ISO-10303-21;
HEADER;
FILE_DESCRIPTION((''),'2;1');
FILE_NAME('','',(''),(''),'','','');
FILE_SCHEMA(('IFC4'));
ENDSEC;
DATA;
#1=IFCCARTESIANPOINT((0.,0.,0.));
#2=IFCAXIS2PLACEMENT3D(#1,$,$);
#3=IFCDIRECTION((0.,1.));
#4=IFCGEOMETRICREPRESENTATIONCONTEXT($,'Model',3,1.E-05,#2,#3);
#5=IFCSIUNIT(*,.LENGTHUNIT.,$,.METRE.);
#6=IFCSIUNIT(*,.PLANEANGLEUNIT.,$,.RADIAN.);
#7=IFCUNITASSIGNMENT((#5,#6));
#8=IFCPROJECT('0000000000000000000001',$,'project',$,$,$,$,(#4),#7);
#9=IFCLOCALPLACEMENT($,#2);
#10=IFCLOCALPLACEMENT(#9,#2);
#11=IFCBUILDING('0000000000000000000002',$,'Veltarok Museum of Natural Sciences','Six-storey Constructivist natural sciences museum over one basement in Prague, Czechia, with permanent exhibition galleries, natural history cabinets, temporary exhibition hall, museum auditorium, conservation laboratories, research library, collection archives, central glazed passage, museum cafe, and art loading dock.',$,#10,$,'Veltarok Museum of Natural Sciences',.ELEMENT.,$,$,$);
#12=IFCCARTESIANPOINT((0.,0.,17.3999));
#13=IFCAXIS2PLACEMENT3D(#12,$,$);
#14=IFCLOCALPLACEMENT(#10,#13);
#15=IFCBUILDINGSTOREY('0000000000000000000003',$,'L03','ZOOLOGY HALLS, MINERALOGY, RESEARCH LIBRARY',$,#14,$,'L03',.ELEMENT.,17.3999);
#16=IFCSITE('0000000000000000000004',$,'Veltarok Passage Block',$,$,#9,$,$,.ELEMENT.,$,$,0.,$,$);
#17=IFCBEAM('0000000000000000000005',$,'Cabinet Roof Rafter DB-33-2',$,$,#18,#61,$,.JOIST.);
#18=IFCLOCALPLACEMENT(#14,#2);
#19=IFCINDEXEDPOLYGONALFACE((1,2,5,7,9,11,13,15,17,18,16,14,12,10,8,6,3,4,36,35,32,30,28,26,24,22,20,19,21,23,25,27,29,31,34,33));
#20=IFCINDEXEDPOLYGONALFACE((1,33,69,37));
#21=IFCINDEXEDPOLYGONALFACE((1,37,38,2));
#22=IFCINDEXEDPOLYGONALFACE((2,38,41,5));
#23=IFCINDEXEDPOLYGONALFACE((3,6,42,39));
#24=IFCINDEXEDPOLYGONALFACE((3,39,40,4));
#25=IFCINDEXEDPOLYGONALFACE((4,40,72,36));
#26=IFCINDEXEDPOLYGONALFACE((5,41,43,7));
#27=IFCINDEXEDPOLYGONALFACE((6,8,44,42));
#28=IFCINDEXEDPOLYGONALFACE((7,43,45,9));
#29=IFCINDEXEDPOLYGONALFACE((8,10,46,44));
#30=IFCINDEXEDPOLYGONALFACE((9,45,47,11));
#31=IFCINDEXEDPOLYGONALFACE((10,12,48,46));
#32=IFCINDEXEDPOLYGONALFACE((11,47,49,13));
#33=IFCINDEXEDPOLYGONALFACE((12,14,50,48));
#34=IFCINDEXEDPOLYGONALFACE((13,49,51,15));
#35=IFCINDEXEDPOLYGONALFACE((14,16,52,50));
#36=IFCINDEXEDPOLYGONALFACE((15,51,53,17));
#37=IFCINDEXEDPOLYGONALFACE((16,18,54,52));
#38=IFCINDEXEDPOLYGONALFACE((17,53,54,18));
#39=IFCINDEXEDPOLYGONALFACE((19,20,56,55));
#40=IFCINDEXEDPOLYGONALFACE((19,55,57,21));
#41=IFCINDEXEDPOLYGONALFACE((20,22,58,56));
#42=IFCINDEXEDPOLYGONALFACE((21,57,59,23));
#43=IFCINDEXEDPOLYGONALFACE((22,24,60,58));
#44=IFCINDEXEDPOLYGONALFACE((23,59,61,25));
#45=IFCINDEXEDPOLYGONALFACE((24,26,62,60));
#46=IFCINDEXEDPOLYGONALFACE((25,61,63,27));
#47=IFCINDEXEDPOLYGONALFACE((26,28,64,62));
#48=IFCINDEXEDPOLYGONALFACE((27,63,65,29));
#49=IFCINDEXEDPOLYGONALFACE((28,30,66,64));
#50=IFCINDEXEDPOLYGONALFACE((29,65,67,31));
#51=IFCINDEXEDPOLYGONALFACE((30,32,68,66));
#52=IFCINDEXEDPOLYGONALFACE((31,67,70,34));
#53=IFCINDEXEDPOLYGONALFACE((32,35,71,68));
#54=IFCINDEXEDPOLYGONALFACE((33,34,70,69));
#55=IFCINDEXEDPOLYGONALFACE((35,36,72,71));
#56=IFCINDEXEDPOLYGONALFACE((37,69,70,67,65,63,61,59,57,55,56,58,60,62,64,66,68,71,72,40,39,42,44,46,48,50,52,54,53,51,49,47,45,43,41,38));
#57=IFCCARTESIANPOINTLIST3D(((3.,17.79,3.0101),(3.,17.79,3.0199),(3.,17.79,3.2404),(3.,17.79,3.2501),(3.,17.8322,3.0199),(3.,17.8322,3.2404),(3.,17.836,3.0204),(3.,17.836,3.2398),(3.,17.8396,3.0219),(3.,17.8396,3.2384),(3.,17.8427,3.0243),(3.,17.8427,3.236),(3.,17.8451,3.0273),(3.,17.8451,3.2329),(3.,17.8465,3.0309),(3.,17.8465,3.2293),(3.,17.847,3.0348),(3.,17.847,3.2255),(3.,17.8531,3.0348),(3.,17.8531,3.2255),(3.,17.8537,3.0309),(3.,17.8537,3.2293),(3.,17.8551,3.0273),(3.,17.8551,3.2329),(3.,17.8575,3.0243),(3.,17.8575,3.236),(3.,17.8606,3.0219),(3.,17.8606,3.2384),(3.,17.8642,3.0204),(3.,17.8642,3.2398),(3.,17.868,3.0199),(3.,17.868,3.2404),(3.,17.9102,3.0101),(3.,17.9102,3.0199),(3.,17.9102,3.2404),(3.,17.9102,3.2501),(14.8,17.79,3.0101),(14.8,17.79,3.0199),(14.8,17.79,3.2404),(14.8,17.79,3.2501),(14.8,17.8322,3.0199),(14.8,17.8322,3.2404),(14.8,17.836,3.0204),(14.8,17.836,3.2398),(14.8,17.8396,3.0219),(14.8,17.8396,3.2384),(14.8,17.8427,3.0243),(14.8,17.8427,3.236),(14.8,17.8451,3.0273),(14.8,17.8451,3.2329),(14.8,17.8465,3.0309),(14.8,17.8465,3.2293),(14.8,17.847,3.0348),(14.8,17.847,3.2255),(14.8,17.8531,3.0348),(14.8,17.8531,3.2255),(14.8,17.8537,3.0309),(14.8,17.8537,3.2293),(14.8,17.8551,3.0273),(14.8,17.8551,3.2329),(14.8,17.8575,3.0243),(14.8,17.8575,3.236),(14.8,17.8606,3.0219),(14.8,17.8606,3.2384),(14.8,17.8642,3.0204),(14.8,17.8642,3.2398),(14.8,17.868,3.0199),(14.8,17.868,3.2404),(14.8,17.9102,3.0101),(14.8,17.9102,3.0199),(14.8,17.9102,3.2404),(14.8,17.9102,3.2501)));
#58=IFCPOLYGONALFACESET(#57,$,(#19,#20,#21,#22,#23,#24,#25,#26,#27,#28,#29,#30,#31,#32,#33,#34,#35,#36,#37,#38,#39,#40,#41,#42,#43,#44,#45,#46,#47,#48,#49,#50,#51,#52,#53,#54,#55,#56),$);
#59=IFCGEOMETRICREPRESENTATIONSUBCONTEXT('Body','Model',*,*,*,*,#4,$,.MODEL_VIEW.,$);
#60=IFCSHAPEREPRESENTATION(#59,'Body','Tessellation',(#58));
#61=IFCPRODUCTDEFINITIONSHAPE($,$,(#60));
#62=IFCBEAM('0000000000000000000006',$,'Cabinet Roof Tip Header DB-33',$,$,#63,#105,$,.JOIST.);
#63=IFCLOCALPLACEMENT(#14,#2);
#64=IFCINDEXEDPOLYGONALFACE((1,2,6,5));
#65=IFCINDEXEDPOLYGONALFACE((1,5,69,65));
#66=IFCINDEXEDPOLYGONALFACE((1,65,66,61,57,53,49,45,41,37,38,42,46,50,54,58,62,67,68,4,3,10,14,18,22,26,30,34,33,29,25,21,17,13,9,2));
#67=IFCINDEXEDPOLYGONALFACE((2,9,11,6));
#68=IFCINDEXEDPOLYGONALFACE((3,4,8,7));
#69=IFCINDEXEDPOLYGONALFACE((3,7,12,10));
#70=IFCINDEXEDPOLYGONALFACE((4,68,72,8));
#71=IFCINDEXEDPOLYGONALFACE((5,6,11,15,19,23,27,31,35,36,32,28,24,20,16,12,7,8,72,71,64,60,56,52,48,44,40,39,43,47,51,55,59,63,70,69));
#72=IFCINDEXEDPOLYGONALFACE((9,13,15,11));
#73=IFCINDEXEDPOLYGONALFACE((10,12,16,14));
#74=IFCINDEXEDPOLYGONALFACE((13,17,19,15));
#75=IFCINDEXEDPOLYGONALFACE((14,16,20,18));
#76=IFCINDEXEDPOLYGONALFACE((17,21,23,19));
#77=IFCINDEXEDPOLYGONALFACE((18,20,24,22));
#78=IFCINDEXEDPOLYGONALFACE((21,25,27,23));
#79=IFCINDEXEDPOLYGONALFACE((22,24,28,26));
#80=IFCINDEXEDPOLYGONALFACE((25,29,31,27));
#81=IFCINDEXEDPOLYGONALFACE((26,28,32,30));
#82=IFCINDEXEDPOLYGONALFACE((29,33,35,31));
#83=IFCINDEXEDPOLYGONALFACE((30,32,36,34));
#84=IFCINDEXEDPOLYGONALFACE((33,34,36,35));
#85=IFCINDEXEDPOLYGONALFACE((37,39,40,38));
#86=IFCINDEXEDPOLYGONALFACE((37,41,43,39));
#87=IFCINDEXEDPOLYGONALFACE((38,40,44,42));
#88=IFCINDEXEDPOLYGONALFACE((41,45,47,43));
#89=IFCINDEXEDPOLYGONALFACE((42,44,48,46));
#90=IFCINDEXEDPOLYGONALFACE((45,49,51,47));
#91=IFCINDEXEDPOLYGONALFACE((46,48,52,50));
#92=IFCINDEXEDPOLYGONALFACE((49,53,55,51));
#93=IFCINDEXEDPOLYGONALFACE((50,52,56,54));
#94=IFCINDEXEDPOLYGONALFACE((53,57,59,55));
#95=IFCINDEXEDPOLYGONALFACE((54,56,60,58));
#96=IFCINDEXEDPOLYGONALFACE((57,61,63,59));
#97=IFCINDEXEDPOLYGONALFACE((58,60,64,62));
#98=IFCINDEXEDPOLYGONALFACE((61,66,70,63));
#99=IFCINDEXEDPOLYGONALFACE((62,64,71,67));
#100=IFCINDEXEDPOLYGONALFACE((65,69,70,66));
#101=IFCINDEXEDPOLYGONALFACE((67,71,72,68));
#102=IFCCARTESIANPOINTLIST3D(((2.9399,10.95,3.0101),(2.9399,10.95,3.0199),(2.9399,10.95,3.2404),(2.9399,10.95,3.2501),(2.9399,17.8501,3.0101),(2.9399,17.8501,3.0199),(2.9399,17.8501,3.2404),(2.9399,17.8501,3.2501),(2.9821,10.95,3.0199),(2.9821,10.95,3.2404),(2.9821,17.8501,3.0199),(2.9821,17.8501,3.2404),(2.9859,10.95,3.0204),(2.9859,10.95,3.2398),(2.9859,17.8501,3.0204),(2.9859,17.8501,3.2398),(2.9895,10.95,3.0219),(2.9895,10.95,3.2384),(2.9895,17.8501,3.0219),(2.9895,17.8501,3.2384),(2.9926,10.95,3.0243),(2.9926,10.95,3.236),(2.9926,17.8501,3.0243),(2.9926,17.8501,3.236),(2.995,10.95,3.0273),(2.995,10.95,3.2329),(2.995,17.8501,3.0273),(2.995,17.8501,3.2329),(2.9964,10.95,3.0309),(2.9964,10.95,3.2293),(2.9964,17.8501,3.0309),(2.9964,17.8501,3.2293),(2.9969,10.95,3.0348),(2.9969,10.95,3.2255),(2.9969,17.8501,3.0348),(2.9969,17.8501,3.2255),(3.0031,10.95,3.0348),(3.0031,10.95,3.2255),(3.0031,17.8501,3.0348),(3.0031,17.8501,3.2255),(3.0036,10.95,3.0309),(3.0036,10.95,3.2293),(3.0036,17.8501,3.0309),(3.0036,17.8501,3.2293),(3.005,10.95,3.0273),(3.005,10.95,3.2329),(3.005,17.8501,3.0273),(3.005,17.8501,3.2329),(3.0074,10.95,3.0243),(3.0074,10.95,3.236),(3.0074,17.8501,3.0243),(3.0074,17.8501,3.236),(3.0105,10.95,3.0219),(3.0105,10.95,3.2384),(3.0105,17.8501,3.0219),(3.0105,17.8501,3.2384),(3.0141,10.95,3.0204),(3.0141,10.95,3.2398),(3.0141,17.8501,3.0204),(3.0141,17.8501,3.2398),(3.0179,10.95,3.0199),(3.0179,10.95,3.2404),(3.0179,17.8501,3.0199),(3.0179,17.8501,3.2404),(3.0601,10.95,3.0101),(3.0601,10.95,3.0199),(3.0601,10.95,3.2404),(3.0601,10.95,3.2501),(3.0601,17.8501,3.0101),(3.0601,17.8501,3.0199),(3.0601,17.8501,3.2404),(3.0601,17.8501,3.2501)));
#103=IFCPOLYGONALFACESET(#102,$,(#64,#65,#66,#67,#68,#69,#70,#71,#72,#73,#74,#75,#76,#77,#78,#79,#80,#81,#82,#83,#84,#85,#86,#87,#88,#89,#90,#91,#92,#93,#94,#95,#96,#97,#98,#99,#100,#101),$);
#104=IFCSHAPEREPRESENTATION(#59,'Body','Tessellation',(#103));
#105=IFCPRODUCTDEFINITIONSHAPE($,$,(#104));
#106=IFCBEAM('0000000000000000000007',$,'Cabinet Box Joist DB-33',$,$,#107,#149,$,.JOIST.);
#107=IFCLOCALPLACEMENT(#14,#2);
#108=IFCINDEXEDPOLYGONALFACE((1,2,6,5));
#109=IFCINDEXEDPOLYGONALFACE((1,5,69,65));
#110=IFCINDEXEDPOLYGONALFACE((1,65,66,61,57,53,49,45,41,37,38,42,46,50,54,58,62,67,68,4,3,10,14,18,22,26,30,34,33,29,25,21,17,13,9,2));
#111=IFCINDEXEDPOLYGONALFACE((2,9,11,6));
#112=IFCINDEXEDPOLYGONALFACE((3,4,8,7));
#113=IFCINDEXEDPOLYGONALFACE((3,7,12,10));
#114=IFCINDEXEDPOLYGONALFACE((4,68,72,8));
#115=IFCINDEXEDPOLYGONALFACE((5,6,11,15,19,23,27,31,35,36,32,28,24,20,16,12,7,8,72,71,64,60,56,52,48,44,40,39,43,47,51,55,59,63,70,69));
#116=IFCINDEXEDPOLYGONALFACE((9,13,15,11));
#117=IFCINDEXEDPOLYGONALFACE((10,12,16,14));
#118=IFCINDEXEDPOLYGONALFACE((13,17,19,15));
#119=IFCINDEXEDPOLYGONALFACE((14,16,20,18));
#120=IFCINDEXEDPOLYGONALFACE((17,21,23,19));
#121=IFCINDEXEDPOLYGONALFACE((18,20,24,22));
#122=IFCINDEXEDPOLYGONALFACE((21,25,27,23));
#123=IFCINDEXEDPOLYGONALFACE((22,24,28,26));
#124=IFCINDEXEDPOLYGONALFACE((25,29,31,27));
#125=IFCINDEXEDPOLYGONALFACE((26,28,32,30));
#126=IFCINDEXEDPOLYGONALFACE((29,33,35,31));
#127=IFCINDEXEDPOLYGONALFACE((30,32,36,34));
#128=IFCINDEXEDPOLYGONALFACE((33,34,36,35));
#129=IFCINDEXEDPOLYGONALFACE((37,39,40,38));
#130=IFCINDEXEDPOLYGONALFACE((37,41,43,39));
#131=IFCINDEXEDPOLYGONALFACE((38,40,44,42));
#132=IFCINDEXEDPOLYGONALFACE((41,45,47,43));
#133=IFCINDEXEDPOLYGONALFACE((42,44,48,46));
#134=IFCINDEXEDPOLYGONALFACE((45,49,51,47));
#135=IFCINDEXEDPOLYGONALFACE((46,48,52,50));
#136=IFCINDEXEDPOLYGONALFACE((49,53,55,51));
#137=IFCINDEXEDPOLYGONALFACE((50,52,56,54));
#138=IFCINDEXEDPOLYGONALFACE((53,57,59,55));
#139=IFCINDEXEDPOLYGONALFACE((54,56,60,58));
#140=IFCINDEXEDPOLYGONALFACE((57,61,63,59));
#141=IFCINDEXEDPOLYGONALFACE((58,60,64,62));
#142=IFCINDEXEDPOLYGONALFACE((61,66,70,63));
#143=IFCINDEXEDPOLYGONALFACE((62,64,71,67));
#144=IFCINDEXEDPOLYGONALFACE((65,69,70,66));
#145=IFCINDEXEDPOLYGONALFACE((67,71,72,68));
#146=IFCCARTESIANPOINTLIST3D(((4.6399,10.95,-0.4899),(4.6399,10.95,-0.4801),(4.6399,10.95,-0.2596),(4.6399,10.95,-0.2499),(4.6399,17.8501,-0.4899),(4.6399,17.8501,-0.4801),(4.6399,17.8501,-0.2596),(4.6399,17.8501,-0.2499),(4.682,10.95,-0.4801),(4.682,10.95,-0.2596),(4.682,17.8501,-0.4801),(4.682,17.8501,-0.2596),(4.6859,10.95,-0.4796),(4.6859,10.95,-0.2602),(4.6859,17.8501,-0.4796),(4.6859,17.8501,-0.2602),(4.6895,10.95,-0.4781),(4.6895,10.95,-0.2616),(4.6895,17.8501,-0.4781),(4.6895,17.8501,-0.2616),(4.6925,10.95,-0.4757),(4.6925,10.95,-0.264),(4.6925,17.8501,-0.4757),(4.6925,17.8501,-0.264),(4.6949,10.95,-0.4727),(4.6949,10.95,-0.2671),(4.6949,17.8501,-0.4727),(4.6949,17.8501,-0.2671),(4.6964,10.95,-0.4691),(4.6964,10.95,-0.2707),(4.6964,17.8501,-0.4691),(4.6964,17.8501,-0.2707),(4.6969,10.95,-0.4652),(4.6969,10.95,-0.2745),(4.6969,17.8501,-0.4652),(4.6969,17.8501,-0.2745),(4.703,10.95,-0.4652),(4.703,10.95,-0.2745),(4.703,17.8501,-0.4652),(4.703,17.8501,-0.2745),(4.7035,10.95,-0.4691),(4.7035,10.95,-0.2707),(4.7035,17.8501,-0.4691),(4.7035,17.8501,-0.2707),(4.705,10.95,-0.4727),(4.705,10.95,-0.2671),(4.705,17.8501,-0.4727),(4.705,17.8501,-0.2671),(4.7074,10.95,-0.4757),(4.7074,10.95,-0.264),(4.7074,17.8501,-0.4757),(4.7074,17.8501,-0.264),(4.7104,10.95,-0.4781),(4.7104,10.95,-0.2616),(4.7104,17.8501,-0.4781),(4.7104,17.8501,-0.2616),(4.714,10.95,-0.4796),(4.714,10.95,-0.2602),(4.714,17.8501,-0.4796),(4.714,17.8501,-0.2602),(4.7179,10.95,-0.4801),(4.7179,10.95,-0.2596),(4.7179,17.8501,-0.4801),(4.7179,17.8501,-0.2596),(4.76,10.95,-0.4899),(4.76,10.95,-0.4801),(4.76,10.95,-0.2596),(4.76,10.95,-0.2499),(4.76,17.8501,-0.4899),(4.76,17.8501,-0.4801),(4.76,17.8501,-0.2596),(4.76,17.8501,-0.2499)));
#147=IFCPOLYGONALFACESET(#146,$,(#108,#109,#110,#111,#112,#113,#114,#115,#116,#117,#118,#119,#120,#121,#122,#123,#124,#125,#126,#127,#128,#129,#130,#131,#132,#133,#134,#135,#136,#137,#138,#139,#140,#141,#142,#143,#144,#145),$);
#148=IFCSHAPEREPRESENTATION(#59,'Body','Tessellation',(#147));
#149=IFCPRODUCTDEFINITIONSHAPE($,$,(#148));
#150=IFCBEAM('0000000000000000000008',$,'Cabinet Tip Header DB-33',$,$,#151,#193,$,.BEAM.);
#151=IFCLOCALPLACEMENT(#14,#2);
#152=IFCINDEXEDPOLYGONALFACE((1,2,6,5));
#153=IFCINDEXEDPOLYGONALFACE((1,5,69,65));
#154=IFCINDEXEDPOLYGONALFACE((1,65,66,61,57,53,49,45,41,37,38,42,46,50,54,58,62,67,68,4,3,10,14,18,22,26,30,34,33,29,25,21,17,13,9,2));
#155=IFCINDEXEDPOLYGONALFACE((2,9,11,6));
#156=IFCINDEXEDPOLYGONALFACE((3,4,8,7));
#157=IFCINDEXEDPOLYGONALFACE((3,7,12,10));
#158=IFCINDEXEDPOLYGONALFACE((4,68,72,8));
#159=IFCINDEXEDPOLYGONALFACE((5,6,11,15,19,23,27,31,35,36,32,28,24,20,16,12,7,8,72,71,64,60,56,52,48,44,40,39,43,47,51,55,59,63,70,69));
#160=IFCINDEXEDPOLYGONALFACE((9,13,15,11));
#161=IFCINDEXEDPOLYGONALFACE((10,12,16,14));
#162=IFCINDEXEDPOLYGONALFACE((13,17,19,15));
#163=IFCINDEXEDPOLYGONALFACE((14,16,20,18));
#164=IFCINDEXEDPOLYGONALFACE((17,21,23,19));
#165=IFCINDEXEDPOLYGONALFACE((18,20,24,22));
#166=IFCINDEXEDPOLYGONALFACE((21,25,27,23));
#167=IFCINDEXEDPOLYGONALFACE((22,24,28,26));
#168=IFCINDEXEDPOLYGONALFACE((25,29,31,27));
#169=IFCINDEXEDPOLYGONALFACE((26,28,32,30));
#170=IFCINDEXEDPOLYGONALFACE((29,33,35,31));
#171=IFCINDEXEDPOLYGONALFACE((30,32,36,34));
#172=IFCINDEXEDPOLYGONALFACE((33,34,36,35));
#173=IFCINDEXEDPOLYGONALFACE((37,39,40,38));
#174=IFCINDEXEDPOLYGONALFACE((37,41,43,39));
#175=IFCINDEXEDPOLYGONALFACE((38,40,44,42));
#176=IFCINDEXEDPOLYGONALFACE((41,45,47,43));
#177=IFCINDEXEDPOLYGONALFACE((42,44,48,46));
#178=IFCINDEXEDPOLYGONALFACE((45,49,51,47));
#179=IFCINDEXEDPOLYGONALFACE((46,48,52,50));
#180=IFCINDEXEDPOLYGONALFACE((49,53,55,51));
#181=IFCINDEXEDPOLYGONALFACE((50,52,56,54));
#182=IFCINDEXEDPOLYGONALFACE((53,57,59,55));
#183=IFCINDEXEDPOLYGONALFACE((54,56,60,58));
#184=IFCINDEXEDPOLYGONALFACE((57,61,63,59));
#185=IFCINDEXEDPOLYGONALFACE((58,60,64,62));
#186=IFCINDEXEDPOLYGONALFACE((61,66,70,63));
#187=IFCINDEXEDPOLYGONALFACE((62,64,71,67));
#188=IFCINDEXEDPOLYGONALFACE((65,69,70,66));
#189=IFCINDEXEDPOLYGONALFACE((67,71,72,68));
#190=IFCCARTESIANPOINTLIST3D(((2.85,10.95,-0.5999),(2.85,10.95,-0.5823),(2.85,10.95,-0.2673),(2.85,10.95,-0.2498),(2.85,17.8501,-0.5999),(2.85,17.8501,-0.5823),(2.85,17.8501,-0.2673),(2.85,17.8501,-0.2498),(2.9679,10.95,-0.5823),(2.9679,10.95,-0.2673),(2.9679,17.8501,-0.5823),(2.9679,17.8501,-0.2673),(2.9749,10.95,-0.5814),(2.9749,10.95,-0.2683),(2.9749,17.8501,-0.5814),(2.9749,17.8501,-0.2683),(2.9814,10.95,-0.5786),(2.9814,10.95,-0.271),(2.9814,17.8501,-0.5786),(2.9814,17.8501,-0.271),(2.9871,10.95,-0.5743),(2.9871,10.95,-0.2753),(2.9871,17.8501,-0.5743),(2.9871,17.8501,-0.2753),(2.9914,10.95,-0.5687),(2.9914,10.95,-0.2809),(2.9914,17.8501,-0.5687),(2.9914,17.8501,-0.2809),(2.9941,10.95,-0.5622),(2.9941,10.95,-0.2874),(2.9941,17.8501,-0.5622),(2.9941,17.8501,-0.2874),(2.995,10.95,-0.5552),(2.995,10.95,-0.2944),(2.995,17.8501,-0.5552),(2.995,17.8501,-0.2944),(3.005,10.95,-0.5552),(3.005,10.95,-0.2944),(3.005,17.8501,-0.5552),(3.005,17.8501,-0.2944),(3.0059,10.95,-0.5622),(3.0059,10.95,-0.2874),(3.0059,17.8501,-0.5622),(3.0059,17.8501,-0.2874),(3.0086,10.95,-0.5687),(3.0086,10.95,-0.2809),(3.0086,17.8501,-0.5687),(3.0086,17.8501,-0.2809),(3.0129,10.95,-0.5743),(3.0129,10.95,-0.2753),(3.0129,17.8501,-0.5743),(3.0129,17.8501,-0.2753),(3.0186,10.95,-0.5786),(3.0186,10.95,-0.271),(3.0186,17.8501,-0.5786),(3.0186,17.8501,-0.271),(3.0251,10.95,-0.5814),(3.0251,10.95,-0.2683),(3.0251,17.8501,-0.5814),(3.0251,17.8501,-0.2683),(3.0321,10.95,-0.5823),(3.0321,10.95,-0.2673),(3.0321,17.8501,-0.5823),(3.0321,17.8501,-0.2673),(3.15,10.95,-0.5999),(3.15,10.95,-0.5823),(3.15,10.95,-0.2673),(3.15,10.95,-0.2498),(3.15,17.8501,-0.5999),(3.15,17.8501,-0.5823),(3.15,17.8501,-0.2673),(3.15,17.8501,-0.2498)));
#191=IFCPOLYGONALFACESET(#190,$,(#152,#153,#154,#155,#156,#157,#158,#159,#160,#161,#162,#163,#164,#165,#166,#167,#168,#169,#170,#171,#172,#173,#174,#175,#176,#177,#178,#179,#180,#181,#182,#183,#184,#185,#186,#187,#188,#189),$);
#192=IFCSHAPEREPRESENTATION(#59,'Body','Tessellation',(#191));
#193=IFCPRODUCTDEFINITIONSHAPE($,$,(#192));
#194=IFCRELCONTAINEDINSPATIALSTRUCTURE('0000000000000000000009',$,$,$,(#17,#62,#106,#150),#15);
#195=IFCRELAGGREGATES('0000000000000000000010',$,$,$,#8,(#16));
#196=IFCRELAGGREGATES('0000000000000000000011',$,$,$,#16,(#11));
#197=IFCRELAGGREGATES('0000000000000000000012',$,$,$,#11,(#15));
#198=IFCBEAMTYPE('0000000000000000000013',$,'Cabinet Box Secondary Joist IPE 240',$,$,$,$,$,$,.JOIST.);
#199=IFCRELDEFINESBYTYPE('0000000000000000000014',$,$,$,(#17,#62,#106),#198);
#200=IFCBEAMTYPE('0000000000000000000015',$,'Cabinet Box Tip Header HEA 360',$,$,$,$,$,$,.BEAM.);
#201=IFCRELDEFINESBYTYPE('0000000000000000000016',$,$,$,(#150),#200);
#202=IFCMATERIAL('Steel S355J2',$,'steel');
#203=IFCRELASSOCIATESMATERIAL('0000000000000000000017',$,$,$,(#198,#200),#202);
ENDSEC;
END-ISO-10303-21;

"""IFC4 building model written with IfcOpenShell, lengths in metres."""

from ifc_helpers import new_model, si_unit, direction, frame, origin, origin_2d, place, context, subcontext, project, spatial, i_section, extrude, material, material_profile, profile_set, type_object, element, save


model = new_model("IFC4")

# Units and contexts
model_context = context("Model", 3, precision=1e-05, world=origin(), true_north=direction((0.0, 1.0)))
body_context = subcontext(model_context, "Body", "Model", "MODEL_VIEW")
ifc_project = project(units=[si_unit("LENGTHUNIT", "METRE"), si_unit("PLANEANGLEUNIT", "RADIAN")], contexts=[model_context])

# Site, building, storey
site_placement = place(None, origin())
site = spatial("IfcSite", under=ifc_project, at=site_placement, Name="Veltarok Passage Block", CompositionType="ELEMENT", RefElevation=0.0)
building_placement = place(site_placement, origin())
building = spatial("IfcBuilding", under=site, at=building_placement, Name="Veltarok Museum of Natural Sciences", Description="Six-storey Constructivist natural sciences museum over one basement in Prague, Czechia, with permanent exhibition galleries, natural history cabinets, temporary exhibition hall, museum auditorium, conservation laboratories, research library, collection archives, central glazed passage, museum cafe, and art loading dock.", LongName="Veltarok Museum of Natural Sciences", CompositionType="ELEMENT")
storey_placement = place(building_placement, frame((0.0, 0.0, 17.3999)))
storey = spatial("IfcBuildingStorey", under=building, at=storey_placement, Name="L03", Description="ZOOLOGY HALLS, MINERALOGY, RESEARCH LIBRARY", LongName="L03", CompositionType="ELEMENT", Elevation=17.3999)

# Shared definitions
ifc_material_1 = material(Name="Steel S355J2", Category="steel")

# Beams
ifc_material_profile_1 = material_profile(ifc_material_1, i_section(OverallWidth=0.1201, OverallDepth=0.24, WebThickness=0.0061, FlangeThickness=0.0098, FilletRadius=0.0149, at=origin_2d()), Name="IPE 240")
ifc_profile_set_1 = profile_set([ifc_material_profile_1], Name="Steel S355J2")
beam_type_1 = type_object("IfcBeamType", Name="Cabinet Box Secondary Joist IPE 240", PredefinedType="JOIST", material=ifc_profile_set_1)
for number, where, z_axis, x_axis, name in (
    (1, (3.0, 17.8501, 3.1301), (1.0, 0.0, 0.0), (0.0, 1.0, 0.0), "Cabinet Roof Rafter DB-33-2"),
):
    element("IfcBeam", number, at=place(storey_placement, frame(where, z_axis=z_axis, x_axis=x_axis)), inside=storey, type_object=beam_type_1, Name=name, PredefinedType="JOIST", context=body_context, shape_type="SweptSolid", body=[
        extrude(i_section(OverallWidth=0.1201, OverallDepth=0.24, WebThickness=0.0061, FlangeThickness=0.0098, FilletRadius=0.0149, at=origin_2d()), origin(), (0.0, 0.0, 1.0), 11.8),
    ])
for number, where, z_axis, x_axis, name in (
    (2, (3.0, 10.95, 3.1301), (0.0, 1.0, 0.0), (-1.0, 0.0, 0.0), "Cabinet Roof Tip Header DB-33"),
    (3, (4.7, 10.95, -0.3699), (0.0, 1.0, 0.0), (-1.0, 0.0, 0.0), "Cabinet Box Joist DB-33"),
):
    element("IfcBeam", number, at=place(storey_placement, frame(where, z_axis=z_axis, x_axis=x_axis)), inside=storey, type_object=beam_type_1, Name=name, PredefinedType="JOIST", context=body_context, shape_type="SweptSolid", body=[
        extrude(i_section(OverallWidth=0.1201, OverallDepth=0.24, WebThickness=0.0061, FlangeThickness=0.0098, FilletRadius=0.0149, at=origin_2d()), origin(), (0.0, 0.0, 1.0), 6.9001),
    ])
ifc_material_profile_2 = material_profile(ifc_material_1, i_section(OverallWidth=0.3, OverallDepth=0.3501, WebThickness=0.01, FlangeThickness=0.0176, FilletRadius=0.0271, at=origin_2d()), Name="HEA 360")
ifc_profile_set_2 = profile_set([ifc_material_profile_2], Name="Steel S355J2")
beam_type_2 = type_object("IfcBeamType", Name="Cabinet Box Tip Header HEA 360", PredefinedType="BEAM", material=ifc_profile_set_2)
beam_1_placement = place(storey_placement, frame((3.0, 10.95, -0.4248), z_axis=(0.0, 1.0, 0.0), x_axis=(-1.0, 0.0, 0.0)))
element("IfcBeam", 4, at=beam_1_placement, inside=storey, type_object=beam_type_2, Name="Cabinet Tip Header DB-33", PredefinedType="BEAM", context=body_context, shape_type="SweptSolid", body=[
    extrude(i_section(OverallWidth=0.3, OverallDepth=0.3501, WebThickness=0.01, FlangeThickness=0.0176, FilletRadius=0.0271, at=origin_2d()), origin(), (0.0, 0.0, 1.0), 6.9001),
])

save(model, "model.ifc")
